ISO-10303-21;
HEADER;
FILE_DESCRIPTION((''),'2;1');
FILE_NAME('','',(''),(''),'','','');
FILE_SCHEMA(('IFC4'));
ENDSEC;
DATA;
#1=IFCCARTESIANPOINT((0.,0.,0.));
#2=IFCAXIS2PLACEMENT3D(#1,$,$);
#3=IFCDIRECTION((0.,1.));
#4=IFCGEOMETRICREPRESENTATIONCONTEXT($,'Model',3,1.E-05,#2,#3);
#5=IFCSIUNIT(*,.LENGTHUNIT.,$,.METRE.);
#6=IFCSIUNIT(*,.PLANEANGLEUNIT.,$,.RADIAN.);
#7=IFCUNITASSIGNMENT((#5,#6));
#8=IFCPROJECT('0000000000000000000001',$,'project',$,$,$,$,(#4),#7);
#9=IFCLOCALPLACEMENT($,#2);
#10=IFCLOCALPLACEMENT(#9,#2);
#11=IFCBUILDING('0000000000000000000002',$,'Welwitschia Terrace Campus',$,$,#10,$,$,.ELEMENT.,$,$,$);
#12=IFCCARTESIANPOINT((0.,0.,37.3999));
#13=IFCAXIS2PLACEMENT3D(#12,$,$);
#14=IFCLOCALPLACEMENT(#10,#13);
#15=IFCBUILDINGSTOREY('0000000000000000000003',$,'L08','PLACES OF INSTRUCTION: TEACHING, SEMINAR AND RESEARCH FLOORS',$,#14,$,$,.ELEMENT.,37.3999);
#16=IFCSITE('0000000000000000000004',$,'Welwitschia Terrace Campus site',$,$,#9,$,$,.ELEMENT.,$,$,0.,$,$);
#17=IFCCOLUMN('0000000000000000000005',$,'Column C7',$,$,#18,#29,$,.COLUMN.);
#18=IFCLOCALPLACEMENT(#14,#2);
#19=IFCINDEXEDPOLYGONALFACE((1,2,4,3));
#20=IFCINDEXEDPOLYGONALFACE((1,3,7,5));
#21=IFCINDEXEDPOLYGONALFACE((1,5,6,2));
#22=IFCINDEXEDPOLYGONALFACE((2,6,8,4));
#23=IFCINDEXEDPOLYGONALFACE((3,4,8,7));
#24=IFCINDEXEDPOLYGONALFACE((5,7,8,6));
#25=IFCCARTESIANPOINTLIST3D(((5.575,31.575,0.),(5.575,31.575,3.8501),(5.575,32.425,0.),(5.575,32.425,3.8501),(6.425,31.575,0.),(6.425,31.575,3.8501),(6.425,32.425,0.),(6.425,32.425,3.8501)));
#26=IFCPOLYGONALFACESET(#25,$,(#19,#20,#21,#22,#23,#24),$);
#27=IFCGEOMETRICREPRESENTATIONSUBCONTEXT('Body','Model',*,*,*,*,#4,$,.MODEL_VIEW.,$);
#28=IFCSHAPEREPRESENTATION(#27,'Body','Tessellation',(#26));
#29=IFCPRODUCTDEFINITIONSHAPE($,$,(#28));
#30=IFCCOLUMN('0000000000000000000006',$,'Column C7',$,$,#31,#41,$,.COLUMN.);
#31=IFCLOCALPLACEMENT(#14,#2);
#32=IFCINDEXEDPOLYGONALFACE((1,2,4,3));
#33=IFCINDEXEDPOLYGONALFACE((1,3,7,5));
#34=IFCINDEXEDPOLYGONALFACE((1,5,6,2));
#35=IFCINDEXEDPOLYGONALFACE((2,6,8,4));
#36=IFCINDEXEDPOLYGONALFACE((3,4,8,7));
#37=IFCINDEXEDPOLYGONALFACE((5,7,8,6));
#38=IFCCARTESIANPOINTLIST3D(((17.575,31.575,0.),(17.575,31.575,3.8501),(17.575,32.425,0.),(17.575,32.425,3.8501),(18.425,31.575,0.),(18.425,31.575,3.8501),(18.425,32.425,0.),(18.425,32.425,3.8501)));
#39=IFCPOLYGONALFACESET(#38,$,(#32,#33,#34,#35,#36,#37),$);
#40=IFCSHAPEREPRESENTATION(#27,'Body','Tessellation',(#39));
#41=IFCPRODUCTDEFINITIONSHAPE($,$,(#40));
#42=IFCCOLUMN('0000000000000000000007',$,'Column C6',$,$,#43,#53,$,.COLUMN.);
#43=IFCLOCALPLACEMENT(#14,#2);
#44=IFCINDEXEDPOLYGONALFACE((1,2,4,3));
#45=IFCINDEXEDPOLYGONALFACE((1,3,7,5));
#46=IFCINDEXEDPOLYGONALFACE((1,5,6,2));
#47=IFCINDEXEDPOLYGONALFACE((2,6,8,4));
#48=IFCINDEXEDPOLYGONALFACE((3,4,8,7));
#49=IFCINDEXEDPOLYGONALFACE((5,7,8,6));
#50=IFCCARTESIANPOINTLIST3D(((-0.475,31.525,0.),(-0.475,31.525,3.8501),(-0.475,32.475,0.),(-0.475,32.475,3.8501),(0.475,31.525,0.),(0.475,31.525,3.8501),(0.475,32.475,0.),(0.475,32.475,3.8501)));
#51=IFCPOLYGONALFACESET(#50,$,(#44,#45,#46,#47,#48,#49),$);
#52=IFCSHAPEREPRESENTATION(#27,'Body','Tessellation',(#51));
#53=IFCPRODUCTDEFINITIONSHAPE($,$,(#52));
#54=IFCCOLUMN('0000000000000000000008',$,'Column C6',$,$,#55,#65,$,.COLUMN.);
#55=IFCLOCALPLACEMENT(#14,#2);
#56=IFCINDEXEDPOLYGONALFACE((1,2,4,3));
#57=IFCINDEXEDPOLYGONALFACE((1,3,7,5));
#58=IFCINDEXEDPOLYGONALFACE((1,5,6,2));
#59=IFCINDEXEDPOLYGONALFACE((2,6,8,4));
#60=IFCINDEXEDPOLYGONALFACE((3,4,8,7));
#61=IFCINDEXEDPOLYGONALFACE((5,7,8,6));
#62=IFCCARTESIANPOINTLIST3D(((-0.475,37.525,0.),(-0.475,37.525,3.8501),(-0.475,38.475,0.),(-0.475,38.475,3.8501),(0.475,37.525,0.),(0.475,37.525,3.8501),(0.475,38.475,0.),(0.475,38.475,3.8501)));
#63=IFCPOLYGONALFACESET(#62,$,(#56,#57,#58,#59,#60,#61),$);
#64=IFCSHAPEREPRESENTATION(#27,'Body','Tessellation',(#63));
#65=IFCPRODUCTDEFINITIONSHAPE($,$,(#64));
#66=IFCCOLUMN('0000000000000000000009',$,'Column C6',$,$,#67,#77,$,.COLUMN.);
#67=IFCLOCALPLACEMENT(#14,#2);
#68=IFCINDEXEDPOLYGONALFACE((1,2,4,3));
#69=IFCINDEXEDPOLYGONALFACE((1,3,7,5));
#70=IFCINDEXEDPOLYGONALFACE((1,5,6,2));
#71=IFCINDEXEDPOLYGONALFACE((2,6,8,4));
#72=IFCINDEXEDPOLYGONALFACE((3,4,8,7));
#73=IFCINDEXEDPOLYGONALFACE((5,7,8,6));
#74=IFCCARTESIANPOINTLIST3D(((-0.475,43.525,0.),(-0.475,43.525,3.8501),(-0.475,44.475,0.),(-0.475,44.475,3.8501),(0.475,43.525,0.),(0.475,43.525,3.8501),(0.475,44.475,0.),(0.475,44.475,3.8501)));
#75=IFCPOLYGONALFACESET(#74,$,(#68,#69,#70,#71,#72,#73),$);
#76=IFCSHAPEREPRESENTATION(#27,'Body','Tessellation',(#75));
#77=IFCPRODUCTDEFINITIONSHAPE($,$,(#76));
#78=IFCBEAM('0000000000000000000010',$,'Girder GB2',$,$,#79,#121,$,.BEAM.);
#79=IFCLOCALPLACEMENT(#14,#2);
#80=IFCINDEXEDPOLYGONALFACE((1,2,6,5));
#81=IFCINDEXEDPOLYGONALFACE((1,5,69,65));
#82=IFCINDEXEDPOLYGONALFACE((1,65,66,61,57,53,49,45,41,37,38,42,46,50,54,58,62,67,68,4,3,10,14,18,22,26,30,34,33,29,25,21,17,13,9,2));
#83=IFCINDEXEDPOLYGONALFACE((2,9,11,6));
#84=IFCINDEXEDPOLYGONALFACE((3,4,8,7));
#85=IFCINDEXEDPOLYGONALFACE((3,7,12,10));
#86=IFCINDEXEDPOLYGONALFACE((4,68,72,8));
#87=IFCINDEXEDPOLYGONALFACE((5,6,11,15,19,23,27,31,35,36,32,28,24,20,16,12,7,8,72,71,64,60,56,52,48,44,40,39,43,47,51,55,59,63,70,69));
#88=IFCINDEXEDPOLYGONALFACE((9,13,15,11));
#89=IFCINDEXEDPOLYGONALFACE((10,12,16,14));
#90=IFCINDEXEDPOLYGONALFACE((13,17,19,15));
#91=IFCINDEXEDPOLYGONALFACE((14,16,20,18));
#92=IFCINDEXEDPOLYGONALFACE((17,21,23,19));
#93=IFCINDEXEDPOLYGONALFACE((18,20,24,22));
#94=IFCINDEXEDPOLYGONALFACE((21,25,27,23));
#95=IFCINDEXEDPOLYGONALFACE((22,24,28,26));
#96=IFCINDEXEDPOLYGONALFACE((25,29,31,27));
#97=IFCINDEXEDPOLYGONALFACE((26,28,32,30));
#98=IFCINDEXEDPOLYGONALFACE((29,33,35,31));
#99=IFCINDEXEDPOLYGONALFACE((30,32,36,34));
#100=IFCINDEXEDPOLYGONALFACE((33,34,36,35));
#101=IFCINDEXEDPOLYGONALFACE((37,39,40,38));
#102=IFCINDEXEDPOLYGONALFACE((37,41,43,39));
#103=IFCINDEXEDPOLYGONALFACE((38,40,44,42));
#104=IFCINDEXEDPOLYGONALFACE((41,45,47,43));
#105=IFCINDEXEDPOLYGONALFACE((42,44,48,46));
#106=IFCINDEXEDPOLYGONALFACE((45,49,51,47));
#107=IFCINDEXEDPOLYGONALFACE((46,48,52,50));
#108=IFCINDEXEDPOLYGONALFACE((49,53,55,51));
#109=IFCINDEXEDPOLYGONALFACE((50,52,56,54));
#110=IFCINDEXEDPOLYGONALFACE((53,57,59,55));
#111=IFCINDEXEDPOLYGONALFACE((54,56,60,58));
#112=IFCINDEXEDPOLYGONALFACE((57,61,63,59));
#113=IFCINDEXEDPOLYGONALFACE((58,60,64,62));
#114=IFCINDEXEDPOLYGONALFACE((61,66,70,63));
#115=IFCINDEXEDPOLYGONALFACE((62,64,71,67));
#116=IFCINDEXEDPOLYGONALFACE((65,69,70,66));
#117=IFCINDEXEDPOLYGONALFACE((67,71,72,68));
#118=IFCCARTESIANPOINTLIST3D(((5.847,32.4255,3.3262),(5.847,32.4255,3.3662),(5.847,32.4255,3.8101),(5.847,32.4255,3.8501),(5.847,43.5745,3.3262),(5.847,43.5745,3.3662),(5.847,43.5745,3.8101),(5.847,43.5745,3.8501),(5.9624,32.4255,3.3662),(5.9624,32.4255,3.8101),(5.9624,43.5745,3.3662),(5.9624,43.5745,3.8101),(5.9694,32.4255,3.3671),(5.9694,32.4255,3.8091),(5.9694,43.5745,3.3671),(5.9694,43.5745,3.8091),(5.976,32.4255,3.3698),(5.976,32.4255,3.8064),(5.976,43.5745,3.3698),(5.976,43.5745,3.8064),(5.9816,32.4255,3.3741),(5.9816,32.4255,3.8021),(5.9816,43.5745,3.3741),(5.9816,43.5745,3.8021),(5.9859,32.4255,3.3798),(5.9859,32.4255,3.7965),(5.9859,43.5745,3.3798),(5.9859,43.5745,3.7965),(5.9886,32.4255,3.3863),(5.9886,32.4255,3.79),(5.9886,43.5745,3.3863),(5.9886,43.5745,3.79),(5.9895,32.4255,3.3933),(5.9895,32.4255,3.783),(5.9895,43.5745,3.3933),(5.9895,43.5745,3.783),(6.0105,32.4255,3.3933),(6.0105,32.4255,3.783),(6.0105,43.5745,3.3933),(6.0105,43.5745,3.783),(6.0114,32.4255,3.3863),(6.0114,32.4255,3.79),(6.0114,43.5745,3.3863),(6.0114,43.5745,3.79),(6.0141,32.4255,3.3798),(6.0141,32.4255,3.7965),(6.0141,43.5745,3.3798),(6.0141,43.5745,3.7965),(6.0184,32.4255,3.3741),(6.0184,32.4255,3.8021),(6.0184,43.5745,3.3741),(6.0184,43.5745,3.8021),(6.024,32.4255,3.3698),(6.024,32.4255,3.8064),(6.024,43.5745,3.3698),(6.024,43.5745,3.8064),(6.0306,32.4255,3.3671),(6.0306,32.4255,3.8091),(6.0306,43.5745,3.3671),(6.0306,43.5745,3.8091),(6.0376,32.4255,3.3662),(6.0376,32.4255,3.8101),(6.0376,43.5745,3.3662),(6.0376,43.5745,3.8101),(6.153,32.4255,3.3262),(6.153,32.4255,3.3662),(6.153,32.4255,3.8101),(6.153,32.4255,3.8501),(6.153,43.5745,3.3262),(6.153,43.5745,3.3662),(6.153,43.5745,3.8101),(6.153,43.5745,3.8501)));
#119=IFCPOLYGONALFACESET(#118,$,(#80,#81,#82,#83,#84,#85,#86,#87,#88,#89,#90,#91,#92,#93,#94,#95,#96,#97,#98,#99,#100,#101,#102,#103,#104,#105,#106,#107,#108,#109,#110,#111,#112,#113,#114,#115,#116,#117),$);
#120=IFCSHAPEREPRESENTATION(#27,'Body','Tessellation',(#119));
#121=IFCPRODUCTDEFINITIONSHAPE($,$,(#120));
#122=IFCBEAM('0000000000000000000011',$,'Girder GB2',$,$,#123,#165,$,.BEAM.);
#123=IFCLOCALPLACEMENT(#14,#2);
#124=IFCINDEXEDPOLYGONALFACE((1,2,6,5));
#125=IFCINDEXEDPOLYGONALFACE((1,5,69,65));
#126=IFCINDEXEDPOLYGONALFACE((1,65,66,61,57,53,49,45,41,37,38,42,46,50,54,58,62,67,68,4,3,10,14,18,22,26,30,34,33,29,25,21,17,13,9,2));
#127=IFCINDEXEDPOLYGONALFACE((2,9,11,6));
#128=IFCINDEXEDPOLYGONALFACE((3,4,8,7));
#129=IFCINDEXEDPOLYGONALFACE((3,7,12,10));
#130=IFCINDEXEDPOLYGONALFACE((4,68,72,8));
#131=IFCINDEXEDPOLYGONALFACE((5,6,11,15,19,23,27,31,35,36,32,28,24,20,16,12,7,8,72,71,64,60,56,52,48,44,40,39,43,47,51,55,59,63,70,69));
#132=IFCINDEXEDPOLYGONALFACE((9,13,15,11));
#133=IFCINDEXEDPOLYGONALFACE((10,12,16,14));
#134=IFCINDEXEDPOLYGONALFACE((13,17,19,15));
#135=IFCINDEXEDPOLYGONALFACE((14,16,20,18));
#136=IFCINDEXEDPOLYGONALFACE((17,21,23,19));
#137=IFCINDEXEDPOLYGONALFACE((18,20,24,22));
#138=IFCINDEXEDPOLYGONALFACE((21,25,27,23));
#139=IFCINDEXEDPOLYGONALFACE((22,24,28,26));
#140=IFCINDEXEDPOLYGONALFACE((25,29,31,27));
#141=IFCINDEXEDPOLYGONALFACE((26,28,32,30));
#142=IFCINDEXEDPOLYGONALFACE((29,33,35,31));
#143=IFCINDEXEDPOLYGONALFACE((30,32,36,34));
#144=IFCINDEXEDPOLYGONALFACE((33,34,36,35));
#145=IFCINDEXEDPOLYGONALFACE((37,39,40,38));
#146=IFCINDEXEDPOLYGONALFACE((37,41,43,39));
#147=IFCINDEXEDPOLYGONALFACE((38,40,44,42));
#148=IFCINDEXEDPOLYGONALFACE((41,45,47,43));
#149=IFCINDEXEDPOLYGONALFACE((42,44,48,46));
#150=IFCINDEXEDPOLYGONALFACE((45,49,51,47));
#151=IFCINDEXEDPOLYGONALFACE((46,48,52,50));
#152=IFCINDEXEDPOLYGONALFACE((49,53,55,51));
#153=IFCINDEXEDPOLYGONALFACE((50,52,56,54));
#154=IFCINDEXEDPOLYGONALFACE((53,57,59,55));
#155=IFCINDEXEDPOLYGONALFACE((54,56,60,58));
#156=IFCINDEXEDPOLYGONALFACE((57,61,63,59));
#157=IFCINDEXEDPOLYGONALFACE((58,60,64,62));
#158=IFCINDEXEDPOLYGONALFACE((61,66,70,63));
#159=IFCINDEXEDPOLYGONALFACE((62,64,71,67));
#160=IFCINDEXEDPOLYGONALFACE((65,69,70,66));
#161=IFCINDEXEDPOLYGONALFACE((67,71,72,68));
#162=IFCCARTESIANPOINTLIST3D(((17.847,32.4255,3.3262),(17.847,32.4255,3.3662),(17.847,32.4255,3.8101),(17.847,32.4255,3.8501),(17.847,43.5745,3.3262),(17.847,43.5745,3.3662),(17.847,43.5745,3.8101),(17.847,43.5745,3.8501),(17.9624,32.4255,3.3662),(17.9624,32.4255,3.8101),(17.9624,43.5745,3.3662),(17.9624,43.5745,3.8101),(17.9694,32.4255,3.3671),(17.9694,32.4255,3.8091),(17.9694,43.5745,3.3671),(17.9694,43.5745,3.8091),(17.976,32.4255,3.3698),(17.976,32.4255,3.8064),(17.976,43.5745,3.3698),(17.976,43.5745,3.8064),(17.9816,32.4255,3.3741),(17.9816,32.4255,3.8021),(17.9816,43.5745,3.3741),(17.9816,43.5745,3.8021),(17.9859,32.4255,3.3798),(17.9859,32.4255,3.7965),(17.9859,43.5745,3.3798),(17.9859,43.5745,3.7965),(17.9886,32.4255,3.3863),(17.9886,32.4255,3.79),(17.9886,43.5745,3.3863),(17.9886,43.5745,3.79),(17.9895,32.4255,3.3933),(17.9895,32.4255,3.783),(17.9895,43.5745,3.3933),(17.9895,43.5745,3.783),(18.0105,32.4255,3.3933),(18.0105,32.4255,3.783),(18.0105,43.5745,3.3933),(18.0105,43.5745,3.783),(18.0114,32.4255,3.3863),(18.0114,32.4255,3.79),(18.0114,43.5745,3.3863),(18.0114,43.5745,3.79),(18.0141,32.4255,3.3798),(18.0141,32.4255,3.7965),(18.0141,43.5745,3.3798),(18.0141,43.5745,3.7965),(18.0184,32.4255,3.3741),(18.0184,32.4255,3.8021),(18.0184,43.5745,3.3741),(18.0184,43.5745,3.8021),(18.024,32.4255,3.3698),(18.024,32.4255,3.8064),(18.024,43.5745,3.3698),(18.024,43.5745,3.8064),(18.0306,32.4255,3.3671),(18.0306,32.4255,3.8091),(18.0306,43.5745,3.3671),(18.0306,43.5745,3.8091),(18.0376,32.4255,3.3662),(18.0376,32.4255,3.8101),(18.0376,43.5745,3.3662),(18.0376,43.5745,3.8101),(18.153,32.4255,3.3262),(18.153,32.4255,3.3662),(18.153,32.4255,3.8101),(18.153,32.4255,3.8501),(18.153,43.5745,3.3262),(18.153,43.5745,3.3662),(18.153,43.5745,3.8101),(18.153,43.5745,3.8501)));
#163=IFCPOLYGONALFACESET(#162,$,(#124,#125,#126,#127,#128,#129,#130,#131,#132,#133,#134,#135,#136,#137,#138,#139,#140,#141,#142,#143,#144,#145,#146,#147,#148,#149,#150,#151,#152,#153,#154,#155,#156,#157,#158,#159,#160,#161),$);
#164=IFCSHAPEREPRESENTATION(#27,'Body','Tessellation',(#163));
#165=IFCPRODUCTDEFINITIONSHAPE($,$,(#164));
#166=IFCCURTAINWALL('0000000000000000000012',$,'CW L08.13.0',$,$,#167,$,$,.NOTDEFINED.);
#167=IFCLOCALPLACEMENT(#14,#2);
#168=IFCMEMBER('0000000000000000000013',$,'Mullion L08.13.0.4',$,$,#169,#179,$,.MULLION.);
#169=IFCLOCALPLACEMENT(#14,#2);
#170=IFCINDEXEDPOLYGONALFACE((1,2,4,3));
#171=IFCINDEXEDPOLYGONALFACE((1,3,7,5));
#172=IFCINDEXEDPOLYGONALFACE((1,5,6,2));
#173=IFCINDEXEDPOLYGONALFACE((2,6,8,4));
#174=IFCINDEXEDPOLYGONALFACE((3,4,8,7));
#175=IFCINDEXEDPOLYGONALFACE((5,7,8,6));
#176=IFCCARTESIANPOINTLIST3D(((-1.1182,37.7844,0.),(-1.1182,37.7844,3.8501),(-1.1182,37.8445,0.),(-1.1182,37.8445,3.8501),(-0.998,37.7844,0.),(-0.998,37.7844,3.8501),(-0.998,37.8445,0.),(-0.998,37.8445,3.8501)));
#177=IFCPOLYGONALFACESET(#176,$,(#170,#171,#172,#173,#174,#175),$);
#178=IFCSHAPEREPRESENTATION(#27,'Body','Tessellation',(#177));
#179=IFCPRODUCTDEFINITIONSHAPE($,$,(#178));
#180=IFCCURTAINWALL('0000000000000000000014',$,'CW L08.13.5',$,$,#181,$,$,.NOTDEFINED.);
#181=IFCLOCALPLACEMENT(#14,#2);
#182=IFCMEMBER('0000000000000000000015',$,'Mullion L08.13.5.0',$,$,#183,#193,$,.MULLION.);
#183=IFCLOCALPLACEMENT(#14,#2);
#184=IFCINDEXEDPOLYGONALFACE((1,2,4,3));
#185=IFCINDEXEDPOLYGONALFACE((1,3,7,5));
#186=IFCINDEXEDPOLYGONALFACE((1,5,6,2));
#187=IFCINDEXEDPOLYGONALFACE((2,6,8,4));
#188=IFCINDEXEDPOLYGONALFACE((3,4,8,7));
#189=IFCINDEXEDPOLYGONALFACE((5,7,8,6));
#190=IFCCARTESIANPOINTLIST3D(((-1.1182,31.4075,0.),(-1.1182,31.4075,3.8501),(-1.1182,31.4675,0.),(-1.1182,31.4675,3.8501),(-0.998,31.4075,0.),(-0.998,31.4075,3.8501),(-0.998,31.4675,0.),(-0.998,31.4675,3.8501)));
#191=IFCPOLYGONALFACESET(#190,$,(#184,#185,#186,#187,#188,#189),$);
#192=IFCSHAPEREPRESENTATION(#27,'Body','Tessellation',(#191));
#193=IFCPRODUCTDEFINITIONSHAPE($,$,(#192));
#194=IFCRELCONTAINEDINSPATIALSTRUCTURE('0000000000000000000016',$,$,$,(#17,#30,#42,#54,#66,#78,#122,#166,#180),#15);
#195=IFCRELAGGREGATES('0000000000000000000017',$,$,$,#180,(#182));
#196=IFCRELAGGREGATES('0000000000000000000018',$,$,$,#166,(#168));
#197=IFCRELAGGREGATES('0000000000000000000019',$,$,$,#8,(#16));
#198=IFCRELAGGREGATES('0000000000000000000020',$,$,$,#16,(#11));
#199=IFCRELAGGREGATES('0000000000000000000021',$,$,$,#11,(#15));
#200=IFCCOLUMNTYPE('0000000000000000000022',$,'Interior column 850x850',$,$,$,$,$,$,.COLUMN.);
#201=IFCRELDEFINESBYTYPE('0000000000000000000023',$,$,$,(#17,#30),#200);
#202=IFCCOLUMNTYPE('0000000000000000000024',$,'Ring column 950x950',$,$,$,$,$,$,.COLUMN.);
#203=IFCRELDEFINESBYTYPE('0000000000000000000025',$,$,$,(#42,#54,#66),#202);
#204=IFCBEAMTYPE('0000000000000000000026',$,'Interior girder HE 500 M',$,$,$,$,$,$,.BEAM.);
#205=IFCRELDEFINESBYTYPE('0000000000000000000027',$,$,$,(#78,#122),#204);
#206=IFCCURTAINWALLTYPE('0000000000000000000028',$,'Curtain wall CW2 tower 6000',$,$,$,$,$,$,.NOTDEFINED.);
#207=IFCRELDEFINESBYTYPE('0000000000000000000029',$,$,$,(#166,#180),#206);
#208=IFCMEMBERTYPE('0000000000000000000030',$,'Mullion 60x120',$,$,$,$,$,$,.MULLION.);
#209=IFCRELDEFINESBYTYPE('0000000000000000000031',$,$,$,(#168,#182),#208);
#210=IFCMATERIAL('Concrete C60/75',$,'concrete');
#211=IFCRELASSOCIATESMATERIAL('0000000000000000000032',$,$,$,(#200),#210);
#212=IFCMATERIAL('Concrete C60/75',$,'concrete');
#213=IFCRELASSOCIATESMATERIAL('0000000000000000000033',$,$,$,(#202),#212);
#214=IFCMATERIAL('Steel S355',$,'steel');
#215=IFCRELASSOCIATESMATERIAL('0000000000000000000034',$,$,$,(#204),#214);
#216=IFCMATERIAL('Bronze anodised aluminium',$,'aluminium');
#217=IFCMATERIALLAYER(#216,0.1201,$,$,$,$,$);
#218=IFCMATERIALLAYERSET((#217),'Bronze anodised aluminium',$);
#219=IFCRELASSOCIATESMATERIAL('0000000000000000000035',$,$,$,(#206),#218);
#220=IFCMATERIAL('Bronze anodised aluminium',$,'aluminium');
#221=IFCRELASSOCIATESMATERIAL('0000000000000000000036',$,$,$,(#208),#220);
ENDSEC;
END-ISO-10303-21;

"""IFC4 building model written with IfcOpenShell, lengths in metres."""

from ifc_helpers import new_model, si_unit, direction, frame, origin, origin_2d, place, context, subcontext, project, spatial, rectangle, i_section, extrude, material, layer, layer_set, material_profile, profile_set, type_object, element, aggregate, save


model = new_model("IFC4")

# Units and contexts
model_context = context("Model", 3, precision=1e-05, world=origin(), true_north=direction((0.0, 1.0)))
body_context = subcontext(model_context, "Body", "Model", "MODEL_VIEW")
ifc_project = project(units=[si_unit("LENGTHUNIT", "METRE"), si_unit("PLANEANGLEUNIT", "RADIAN")], contexts=[model_context])

# Site, building, storey
site_placement = place(None, origin())
site = spatial("IfcSite", under=ifc_project, at=site_placement, Name="Welwitschia Terrace Campus site", CompositionType="ELEMENT", RefElevation=0.0)
building_placement = place(site_placement, origin())
building = spatial("IfcBuilding", under=site, at=building_placement, Name="Welwitschia Terrace Campus", CompositionType="ELEMENT")
storey_placement = place(building_placement, frame((0.0, 0.0, 37.3999)))
storey = spatial("IfcBuildingStorey", under=building, at=storey_placement, Name="L08", Description="PLACES OF INSTRUCTION: TEACHING, SEMINAR AND RESEARCH FLOORS", CompositionType="ELEMENT", Elevation=37.3999)

# Columns
ifc_material_1 = material(Name="Concrete C60/75", Category="concrete")
ifc_material_profile_1 = material_profile(ifc_material_1, rectangle(XDim=0.8501, YDim=0.8501, at=origin_2d()))
ifc_profile_set_1 = profile_set([ifc_material_profile_1], Name="Concrete C60/75")
column_type_1 = type_object("IfcColumnType", Name="Interior column 850x850", PredefinedType="COLUMN", material=ifc_profile_set_1)
for number, where, z_axis, x_axis, name in (
    (1, (6.0, 32.0, 0.0), (0.0, 0.0, 1.0), (1.0, 0.0, 0.0), "Column C7"),
    (2, (18.0, 32.0, 0.0), (0.0, 0.0, 1.0), (1.0, 0.0, 0.0), "Column C7"),
):
    element("IfcColumn", number, at=place(storey_placement, frame(where, z_axis=z_axis, x_axis=x_axis)), inside=storey, type_object=column_type_1, Name=name, PredefinedType="COLUMN", context=body_context, shape_type="SweptSolid", body=[
        extrude(rectangle(XDim=0.8501, YDim=0.8501, at=origin_2d()), origin(), (0.0, 0.0, 1.0), 3.8501),
    ])
ifc_material_2 = material(Name="Concrete C60/75", Category="concrete")
ifc_material_profile_2 = material_profile(ifc_material_2, rectangle(XDim=0.95, YDim=0.95, at=origin_2d()))
ifc_profile_set_2 = profile_set([ifc_material_profile_2], Name="Concrete C60/75")
column_type_2 = type_object("IfcColumnType", Name="Ring column 950x950", PredefinedType="COLUMN", material=ifc_profile_set_2)
for number, where, z_axis, x_axis, name in (
    (3, (0.0, 32.0, 0.0), (0.0, 0.0, 1.0), (1.0, 0.0, 0.0), "Column C6"),
    (4, (0.0, 38.0, 0.0), (0.0, 0.0, 1.0), (1.0, 0.0, 0.0), "Column C6"),
    (5, (0.0, 44.0, 0.0), (0.0, 0.0, 1.0), (1.0, 0.0, 0.0), "Column C6"),
):
    element("IfcColumn", number, at=place(storey_placement, frame(where, z_axis=z_axis, x_axis=x_axis)), inside=storey, type_object=column_type_2, Name=name, PredefinedType="COLUMN", context=body_context, shape_type="SweptSolid", body=[
        extrude(rectangle(XDim=0.95, YDim=0.95, at=origin_2d()), origin(), (0.0, 0.0, 1.0), 3.8501),
    ])

# Beams
ifc_material_3 = material(Name="Steel S355", Category="steel")
ifc_material_profile_3 = material_profile(ifc_material_3, i_section(OverallWidth=0.3059, OverallDepth=0.5239, WebThickness=0.021, FlangeThickness=0.04, FilletRadius=0.0271, at=origin_2d()))
ifc_profile_set_3 = profile_set([ifc_material_profile_3], Name="Steel S355")
beam_type_1 = type_object("IfcBeamType", Name="Interior girder HE 500 M", PredefinedType="BEAM", material=ifc_profile_set_3)
for number, where, z_axis, x_axis, name in (
    (6, (6.0, 32.4255, 3.5881), (0.0, 1.0, 0.0), (-1.0, 0.0, 0.0), "Girder GB2"),
    (7, (18.0, 32.4255, 3.5881), (0.0, 1.0, 0.0), (-1.0, 0.0, 0.0), "Girder GB2"),
):
    element("IfcBeam", number, at=place(storey_placement, frame(where, z_axis=z_axis, x_axis=x_axis)), inside=storey, type_object=beam_type_1, Name=name, PredefinedType="BEAM", context=body_context, shape_type="SweptSolid", body=[
        extrude(i_section(OverallWidth=0.3059, OverallDepth=0.5239, WebThickness=0.021, FlangeThickness=0.04, FilletRadius=0.0271, at=origin_2d()), origin(), (0.0, 0.0, 1.0), 11.1489),
    ])

# Curtain walls, members
ifc_material_4 = material(Name="Bronze anodised aluminium", Category="aluminium")
ifc_layer_1 = layer(ifc_material_4, 0.1201)
ifc_layer_set_1 = layer_set([ifc_layer_1], Name="Bronze anodised aluminium")
curtain_wall_type = type_object("IfcCurtainWallType", Name="Curtain wall CW2 tower 6000", PredefinedType="NOTDEFINED", material=ifc_layer_set_1)
curtain_wall_1_placement = place(storey_placement, origin())
curtain_wall_1 = element("IfcCurtainWall", 8, at=curtain_wall_1_placement, inside=storey, type_object=curtain_wall_type, Name="CW L08.13.0", PredefinedType="NOTDEFINED")
ifc_material_5 = material(Name="Bronze anodised aluminium", Category="aluminium")
ifc_material_profile_4 = material_profile(ifc_material_5, rectangle(XDim=0.1201, YDim=0.0601, at=origin_2d()))
ifc_profile_set_4 = profile_set([ifc_material_profile_4], Name="Bronze anodised aluminium")
member_type_1 = type_object("IfcMemberType", Name="Mullion 60x120", PredefinedType="MULLION", material=ifc_profile_set_4)
member_1_placement = place(storey_placement, frame((-1.0581, 37.8145, 0.0), z_axis=(0.0, 0.0, 1.0), x_axis=(1.0, 0.0, 0.0)))
member_1 = element("IfcMember", 9, at=member_1_placement, type_object=member_type_1, Name="Mullion L08.13.0.4", PredefinedType="MULLION", context=body_context, shape_type="SweptSolid", body=[
    extrude(rectangle(XDim=0.1201, YDim=0.0601, at=origin_2d()), origin(), (0.0, 0.0, 1.0), 3.8501),
])
curtain_wall_2_placement = place(storey_placement, origin())
curtain_wall_2 = element("IfcCurtainWall", 10, at=curtain_wall_2_placement, inside=storey, type_object=curtain_wall_type, Name="CW L08.13.5", PredefinedType="NOTDEFINED")
member_2_placement = place(storey_placement, frame((-1.0581, 31.4375, 0.0), z_axis=(0.0, 0.0, 1.0), x_axis=(1.0, 0.0, 0.0)))
member_2 = element("IfcMember", 11, at=member_2_placement, type_object=member_type_1, Name="Mullion L08.13.5.0", PredefinedType="MULLION", context=body_context, shape_type="SweptSolid", body=[
    extrude(rectangle(XDim=0.1201, YDim=0.0601, at=origin_2d()), origin(), (0.0, 0.0, 1.0), 3.8501),
])

aggregate(curtain_wall_2, [member_2])

aggregate(curtain_wall_1, [member_1])

save(model, "model.ifc")
